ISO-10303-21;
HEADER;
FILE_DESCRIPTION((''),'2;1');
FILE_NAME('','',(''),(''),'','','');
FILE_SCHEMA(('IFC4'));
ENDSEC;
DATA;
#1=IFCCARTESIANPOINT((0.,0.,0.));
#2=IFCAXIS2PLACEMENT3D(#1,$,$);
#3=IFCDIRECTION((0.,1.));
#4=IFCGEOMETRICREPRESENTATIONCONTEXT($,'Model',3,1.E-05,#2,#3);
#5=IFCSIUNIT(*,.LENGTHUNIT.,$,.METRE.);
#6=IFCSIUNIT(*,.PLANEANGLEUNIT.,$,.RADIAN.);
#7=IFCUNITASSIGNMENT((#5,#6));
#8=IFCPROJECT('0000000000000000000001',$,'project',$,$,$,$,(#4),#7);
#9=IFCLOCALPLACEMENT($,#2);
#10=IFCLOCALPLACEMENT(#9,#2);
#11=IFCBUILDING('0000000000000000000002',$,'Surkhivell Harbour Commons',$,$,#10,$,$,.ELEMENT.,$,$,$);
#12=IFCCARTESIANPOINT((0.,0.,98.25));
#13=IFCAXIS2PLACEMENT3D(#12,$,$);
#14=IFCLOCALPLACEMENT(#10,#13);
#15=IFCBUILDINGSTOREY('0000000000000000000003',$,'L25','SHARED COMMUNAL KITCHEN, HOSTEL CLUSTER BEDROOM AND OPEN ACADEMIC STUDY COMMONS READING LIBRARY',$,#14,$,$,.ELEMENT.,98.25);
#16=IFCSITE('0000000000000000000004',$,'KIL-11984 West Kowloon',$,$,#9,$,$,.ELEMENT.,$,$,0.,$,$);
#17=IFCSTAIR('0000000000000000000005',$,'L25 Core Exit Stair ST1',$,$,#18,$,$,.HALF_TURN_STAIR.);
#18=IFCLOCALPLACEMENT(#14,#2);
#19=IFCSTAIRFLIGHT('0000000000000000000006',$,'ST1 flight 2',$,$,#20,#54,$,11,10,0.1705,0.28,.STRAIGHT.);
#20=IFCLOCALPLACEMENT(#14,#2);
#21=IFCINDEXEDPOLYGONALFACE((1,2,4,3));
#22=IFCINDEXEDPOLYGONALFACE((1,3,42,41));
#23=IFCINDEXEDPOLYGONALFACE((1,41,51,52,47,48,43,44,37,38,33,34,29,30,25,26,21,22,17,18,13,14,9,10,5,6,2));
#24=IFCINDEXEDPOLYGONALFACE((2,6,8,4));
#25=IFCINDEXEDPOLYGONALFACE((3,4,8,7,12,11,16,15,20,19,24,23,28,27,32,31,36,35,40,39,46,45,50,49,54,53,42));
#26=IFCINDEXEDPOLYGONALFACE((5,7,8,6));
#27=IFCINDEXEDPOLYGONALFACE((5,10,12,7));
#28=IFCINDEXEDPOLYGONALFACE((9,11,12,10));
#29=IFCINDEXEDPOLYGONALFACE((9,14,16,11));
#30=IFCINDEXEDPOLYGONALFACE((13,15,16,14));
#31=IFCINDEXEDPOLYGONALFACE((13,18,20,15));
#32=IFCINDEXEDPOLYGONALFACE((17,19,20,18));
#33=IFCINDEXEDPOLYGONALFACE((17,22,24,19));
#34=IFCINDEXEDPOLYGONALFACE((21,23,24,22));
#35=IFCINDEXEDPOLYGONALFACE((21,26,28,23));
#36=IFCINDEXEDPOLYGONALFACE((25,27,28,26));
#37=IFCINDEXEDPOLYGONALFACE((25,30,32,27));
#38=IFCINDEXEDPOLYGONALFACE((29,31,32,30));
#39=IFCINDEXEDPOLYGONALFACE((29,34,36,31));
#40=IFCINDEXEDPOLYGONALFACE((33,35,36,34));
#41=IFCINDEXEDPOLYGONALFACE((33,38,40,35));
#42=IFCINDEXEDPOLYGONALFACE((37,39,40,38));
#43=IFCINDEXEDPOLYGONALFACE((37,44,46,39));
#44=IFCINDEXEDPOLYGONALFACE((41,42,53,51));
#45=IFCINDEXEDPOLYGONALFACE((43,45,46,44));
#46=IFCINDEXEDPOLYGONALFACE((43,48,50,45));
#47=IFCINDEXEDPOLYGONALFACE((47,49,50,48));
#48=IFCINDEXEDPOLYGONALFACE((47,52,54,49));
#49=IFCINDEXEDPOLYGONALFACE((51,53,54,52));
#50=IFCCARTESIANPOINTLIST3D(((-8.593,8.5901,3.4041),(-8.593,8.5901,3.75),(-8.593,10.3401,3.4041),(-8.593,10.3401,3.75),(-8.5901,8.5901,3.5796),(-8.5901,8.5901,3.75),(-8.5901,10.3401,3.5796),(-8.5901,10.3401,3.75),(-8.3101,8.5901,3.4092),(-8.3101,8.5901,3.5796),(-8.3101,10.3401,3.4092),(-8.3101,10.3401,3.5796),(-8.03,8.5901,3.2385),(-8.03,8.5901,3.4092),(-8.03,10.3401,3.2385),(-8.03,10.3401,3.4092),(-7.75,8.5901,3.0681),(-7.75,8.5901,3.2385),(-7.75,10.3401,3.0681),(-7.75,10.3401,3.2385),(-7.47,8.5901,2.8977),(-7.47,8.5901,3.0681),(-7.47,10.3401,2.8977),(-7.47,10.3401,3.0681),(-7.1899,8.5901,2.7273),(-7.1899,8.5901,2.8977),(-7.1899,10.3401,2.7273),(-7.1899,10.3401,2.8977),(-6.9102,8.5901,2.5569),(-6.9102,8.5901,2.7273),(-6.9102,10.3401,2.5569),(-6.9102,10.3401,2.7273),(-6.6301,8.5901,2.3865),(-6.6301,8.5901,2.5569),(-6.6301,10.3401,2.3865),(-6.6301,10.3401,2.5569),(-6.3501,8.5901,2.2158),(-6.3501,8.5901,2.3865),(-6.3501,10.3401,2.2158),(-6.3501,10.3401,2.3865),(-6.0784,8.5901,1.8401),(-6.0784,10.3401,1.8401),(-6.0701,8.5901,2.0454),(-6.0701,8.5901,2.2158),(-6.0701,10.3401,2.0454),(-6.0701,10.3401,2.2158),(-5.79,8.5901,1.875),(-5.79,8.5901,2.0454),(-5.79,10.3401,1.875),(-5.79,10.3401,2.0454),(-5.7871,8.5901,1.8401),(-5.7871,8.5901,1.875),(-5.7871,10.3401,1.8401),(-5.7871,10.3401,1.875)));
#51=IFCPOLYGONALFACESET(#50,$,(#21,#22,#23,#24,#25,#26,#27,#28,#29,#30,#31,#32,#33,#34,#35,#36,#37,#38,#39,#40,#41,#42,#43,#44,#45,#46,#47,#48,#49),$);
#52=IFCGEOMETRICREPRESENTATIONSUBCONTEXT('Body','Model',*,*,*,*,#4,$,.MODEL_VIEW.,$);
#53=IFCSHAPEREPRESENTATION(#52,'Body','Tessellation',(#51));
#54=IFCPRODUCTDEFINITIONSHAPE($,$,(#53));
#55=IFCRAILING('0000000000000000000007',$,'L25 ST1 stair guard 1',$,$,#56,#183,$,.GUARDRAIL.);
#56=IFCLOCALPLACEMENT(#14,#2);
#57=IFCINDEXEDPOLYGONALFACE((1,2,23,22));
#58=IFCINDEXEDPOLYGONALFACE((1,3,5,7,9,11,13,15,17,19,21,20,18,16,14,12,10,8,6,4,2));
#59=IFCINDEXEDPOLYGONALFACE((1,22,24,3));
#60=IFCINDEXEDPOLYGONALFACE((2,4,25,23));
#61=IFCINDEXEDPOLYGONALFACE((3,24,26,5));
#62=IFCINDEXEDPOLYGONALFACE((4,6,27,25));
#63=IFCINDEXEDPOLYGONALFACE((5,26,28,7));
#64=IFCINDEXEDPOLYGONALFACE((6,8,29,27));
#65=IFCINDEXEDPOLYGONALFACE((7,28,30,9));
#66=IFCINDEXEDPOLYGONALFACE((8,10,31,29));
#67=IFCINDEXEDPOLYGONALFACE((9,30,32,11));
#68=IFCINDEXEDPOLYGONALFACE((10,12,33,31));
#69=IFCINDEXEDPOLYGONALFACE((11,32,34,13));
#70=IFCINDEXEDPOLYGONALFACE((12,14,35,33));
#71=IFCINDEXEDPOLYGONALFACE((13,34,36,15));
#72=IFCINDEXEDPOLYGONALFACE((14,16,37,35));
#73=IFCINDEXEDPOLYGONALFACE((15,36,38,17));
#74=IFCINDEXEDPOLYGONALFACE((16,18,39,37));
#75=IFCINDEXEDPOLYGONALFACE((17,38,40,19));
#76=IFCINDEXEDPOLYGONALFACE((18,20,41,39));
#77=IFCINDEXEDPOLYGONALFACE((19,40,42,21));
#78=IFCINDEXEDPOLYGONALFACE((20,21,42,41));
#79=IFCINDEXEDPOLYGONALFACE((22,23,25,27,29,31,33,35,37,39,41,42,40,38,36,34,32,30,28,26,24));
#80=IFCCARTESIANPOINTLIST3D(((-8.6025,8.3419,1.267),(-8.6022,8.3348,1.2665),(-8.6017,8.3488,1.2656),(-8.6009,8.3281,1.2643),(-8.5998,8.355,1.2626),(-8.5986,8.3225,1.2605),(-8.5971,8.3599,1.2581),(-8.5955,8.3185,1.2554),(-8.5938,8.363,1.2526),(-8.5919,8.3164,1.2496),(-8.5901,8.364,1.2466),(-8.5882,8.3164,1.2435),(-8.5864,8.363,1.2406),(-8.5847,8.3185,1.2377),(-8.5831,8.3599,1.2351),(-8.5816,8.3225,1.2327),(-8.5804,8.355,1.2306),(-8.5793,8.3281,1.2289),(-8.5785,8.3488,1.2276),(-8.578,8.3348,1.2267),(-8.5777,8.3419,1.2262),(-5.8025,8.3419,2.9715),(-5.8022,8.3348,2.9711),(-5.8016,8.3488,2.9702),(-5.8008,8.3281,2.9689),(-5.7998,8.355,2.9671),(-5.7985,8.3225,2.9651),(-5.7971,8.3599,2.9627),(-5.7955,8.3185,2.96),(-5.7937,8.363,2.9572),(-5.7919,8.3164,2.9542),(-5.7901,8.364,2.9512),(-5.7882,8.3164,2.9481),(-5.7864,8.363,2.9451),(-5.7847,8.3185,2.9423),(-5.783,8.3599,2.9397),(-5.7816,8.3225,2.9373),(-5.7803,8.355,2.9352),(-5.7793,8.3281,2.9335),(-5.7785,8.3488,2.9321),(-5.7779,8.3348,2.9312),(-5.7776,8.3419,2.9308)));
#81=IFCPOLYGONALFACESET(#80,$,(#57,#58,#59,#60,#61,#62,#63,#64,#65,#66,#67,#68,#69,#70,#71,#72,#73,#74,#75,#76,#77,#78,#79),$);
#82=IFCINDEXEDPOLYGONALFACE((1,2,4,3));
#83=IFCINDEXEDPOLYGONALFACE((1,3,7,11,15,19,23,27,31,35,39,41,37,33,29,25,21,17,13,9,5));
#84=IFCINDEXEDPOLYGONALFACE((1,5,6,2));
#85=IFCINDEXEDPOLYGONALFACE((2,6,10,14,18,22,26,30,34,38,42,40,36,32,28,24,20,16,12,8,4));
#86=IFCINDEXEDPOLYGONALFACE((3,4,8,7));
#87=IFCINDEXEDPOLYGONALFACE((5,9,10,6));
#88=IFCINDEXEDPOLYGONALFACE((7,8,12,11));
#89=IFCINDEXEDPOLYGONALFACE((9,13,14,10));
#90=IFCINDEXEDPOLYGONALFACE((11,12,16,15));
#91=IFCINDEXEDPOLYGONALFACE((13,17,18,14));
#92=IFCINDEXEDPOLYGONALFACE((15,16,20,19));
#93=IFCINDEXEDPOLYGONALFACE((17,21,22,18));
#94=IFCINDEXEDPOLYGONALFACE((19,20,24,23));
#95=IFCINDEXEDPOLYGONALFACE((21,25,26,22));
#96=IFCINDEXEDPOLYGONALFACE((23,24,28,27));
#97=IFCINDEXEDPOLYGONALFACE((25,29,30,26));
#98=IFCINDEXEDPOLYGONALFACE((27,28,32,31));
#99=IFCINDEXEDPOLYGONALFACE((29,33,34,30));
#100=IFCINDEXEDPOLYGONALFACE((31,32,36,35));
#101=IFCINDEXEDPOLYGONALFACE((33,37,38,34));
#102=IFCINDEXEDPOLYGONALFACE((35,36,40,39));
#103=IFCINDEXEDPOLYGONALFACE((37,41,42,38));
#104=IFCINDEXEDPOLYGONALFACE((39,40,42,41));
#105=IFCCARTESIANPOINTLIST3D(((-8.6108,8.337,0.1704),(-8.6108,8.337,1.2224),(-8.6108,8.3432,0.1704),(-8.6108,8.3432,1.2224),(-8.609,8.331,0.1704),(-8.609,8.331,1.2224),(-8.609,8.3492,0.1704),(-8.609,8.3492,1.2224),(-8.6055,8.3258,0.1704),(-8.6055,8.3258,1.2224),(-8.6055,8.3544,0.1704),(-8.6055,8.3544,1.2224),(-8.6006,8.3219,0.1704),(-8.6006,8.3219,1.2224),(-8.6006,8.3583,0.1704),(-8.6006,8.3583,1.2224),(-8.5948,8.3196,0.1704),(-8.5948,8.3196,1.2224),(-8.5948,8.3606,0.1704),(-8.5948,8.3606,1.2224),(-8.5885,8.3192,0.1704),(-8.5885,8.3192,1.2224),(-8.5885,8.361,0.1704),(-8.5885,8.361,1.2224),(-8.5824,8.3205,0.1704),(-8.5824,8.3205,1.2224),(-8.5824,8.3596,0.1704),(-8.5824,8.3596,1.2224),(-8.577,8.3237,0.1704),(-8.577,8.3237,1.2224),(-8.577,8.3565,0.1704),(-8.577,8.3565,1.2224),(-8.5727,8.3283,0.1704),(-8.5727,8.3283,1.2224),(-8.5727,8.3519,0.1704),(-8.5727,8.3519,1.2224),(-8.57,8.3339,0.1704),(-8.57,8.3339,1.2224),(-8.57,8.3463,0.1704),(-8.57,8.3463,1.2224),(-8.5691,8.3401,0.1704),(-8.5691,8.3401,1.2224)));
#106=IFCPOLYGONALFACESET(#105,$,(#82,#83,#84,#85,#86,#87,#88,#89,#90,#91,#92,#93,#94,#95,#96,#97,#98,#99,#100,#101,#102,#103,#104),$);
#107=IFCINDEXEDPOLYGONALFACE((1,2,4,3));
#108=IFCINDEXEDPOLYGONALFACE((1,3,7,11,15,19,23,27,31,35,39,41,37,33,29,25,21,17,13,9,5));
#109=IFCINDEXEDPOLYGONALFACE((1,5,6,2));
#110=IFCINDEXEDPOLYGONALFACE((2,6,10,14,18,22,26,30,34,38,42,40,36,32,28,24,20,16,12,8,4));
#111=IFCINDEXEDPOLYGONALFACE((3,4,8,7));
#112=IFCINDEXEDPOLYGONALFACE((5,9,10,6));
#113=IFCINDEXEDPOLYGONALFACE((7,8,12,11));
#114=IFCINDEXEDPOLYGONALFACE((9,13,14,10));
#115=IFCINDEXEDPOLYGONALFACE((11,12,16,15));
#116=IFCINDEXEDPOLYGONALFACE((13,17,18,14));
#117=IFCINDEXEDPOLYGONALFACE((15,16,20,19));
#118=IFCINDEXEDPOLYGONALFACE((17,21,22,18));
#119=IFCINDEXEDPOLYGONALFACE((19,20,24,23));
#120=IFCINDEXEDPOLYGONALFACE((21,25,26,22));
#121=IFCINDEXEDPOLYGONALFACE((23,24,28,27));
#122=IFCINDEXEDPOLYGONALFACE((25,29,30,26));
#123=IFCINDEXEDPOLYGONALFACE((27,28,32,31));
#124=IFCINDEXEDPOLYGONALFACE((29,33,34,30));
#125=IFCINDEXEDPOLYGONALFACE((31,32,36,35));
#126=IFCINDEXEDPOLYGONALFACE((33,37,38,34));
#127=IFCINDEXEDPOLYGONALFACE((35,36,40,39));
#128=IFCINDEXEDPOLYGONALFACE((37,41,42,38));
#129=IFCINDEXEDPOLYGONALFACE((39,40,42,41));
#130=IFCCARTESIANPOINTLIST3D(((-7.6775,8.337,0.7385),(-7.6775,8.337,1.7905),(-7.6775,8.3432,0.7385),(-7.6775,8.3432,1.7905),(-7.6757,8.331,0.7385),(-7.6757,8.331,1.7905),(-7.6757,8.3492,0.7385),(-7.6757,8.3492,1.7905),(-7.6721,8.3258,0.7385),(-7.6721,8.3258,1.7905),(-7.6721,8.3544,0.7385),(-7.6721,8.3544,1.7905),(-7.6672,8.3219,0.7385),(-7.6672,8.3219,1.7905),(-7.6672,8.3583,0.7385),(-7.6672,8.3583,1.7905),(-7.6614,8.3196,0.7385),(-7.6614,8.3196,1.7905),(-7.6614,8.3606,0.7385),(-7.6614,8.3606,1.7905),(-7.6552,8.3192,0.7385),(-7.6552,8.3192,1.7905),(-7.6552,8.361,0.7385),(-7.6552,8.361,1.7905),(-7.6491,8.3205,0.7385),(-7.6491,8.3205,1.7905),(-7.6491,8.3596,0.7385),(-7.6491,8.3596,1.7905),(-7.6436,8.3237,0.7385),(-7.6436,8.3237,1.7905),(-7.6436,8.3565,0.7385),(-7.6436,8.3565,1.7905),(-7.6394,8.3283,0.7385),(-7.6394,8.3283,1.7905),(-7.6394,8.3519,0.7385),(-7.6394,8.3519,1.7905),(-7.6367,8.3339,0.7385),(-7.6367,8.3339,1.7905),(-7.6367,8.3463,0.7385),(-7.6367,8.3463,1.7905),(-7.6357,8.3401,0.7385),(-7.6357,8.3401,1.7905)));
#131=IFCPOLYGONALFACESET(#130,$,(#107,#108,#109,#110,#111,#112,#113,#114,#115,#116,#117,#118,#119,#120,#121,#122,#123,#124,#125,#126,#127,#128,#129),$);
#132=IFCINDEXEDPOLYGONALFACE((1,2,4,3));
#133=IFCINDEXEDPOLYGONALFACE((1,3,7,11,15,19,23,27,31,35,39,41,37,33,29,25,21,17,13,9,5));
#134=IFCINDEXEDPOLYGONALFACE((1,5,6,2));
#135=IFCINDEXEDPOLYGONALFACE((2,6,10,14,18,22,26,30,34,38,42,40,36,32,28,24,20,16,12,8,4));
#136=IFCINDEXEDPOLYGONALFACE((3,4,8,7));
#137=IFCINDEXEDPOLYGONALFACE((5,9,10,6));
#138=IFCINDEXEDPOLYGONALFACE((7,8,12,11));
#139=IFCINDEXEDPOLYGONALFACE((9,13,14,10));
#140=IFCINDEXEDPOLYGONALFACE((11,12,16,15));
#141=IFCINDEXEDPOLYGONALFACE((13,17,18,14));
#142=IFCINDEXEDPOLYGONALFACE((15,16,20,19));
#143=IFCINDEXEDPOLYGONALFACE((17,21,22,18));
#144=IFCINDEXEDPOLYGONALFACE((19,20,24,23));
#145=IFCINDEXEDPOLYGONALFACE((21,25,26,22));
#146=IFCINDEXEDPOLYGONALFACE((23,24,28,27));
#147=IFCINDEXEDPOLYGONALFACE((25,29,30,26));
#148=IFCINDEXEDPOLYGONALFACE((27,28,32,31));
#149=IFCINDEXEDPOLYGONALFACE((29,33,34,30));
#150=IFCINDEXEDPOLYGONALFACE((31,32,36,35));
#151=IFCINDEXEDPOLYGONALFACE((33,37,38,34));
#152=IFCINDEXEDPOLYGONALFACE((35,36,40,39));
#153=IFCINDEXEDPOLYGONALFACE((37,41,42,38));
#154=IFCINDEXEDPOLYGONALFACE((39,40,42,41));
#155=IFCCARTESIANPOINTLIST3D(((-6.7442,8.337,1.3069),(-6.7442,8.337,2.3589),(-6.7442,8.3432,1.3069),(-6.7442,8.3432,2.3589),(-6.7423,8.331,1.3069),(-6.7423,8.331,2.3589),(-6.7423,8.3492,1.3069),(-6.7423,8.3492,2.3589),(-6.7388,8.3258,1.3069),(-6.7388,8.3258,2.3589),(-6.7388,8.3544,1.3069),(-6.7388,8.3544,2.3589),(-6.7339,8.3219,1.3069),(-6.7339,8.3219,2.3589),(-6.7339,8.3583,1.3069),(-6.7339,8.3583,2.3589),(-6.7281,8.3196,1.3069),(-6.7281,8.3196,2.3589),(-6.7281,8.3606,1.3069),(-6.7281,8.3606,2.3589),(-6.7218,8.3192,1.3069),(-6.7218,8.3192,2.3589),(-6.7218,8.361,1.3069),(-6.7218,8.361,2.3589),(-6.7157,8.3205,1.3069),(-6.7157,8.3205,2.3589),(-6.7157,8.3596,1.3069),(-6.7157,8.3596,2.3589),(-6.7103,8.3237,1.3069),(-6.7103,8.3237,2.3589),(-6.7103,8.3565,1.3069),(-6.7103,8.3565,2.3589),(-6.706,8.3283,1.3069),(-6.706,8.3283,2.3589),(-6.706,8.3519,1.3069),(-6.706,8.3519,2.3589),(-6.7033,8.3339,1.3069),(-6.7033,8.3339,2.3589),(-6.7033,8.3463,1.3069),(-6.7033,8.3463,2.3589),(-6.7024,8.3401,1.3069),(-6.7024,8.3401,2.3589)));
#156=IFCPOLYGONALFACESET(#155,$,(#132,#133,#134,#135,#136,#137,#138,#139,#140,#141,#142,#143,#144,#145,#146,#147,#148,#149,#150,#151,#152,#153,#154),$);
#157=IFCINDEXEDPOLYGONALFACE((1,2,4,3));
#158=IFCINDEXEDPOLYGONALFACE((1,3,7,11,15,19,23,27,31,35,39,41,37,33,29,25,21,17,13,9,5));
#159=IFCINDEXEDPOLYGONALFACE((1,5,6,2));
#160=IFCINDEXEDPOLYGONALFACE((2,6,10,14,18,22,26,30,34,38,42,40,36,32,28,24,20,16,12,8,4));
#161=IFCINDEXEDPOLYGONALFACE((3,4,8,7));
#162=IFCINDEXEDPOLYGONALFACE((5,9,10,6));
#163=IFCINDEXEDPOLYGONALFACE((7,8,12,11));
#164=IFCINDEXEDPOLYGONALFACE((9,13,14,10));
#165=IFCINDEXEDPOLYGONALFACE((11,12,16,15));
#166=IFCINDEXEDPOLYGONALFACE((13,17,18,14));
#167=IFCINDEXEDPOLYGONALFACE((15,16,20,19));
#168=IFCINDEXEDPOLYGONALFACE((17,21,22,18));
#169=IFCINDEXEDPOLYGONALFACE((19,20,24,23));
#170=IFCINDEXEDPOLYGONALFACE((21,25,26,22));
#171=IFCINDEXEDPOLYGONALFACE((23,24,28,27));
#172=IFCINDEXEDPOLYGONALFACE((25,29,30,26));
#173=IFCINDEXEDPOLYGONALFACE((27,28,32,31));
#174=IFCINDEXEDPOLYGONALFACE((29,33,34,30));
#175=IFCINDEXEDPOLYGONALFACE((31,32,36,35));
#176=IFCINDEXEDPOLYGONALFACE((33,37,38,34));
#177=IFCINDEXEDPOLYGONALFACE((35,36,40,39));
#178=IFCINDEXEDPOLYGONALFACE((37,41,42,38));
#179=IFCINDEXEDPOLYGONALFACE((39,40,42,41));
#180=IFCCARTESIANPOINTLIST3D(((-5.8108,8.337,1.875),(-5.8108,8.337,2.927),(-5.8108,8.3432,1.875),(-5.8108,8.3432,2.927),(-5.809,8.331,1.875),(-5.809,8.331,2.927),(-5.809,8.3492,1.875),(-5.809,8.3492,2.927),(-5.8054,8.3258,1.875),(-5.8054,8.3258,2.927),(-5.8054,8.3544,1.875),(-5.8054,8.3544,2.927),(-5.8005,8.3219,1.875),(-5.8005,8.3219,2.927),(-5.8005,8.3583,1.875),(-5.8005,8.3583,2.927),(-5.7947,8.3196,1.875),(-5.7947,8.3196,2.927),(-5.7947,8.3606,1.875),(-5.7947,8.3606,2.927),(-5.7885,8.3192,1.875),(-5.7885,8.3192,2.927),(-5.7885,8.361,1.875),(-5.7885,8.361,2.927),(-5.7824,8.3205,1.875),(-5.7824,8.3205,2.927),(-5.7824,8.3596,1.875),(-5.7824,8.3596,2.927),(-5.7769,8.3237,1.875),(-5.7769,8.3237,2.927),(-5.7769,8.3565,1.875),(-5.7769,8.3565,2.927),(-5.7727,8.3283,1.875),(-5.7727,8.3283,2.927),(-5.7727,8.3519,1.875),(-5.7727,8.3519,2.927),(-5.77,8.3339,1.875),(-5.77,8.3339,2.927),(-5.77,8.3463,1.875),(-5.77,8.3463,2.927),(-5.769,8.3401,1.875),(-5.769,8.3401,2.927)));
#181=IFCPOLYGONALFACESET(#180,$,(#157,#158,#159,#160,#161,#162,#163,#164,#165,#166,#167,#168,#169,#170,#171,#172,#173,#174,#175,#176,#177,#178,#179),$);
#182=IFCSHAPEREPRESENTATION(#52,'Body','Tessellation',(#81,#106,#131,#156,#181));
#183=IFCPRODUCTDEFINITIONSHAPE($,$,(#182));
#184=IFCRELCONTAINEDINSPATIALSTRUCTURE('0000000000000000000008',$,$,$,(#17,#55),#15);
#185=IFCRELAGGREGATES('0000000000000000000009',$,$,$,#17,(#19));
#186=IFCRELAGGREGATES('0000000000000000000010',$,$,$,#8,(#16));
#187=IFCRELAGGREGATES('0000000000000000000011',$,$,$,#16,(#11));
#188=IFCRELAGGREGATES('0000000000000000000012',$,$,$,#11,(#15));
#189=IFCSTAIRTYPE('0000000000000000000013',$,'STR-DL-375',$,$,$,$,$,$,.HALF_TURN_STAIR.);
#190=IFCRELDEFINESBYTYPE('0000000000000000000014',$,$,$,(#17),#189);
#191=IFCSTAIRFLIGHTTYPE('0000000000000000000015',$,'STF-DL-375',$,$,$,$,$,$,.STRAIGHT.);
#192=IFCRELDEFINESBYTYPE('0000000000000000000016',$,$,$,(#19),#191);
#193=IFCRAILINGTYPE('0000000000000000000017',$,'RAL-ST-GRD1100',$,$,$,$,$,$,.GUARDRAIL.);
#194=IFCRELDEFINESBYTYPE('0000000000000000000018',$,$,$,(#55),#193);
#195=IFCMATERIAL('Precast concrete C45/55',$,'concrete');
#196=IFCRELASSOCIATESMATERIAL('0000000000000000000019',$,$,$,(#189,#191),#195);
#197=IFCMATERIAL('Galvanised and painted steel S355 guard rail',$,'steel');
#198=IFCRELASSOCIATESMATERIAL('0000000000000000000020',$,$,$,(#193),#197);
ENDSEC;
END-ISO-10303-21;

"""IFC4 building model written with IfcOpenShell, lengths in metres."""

from ifc_helpers import new_model, si_unit, direction, frame, origin, origin_2d, place, context, subcontext, project, spatial, polyline, circle, outline, extrude, material, type_object, element, aggregate, save


model = new_model("IFC4")

# Units and contexts
model_context = context("Model", 3, precision=1e-05, world=origin(), true_north=direction((0.0, 1.0)))
body_context = subcontext(model_context, "Body", "Model", "MODEL_VIEW")
ifc_project = project(units=[si_unit("LENGTHUNIT", "METRE"), si_unit("PLANEANGLEUNIT", "RADIAN")], contexts=[model_context])

# Site, building, storey
site_placement = place(None, origin())
site = spatial("IfcSite", under=ifc_project, at=site_placement, Name="KIL-11984 West Kowloon", CompositionType="ELEMENT", RefElevation=0.0)
building_placement = place(site_placement, origin())
building = spatial("IfcBuilding", under=site, at=building_placement, Name="Surkhivell Harbour Commons", CompositionType="ELEMENT")
storey_placement = place(building_placement, frame((0.0, 0.0, 98.25)))
storey = spatial("IfcBuildingStorey", under=building, at=storey_placement, Name="L25", Description="SHARED COMMUNAL KITCHEN, HOSTEL CLUSTER BEDROOM AND OPEN ACADEMIC STUDY COMMONS READING LIBRARY", CompositionType="ELEMENT", Elevation=98.25)

# Stair, stair flight
ifc_material_1 = material(Name="Precast concrete C45/55", Category="concrete")
stair_type = type_object("IfcStairType", Name="STR-DL-375", PredefinedType="HALF_TURN_STAIR", material=ifc_material_1)
stair_placement = place(storey_placement, origin())
stair = element("IfcStair", 1, at=stair_placement, inside=storey, type_object=stair_type, Name="L25 Core Exit Stair ST1", PredefinedType="HALF_TURN_STAIR")
stair_flight_type = type_object("IfcStairFlightType", Name="STF-DL-375", PredefinedType="STRAIGHT", material=ifc_material_1)
stair_flight_1_placement = place(storey_placement, frame((-5.79, 9.4651, 1.875), z_axis=(0.0, 0.0, 1.0), x_axis=(-1.0, 0.0, 0.0)))
stair_flight_1 = element("IfcStairFlight", 2, at=stair_flight_1_placement, type_object=stair_flight_type, Name="ST1 flight 2", NumberOfRisers=11, NumberOfTreads=10, PredefinedType="STRAIGHT", RiserHeight=0.1705, TreadLength=0.28, context=body_context, shape_type="SweptSolid", body=[
    extrude(outline(polyline([(-0.0029, -0.0349), (-0.0029, 0.0), (0.0, 0.0), (0.0, 0.1704), (0.28, 0.1704), (0.28, 0.3408), (0.5601, 0.3408), (0.5601, 0.5115), (0.8401, 0.5115), (0.8401, 0.6819), (1.1201, 0.6819), (1.1201, 0.8523), (1.3999, 0.8523), (1.3999, 1.0227), (1.6799, 1.0227), (1.6799, 1.1931), (1.96, 1.1931), (1.96, 1.3635), (2.24, 1.3635), (2.24, 1.5342), (2.52, 1.5342), (2.52, 1.7046), (2.8, 1.7046), (2.8, 1.875), (2.803, 1.875), (2.803, 1.5291), (0.2883, -0.0349), (-0.0029, -0.0349)])), frame((0.0, 0.875, 0.0), z_axis=(0.0, -1.0, 0.0), x_axis=(1.0, 0.0, 0.0)), (0.0, 0.0, 1.0), 1.75),
])
aggregate(stair, [stair_flight_1])

# Railing
ifc_material_2 = material(Name="Galvanised and painted steel S355 guard rail", Category="steel")
railing_type_1 = type_object("IfcRailingType", Name="RAL-ST-GRD1100", PredefinedType="GUARDRAIL", material=ifc_material_2)
railing_1_placement = place(storey_placement, frame((-8.5901, 8.3401, 0.1704)))
element("IfcRailing", 3, at=railing_1_placement, inside=storey, type_object=railing_type_1, Name="L25 ST1 stair guard 1", PredefinedType="GUARDRAIL", context=body_context, shape_type="SweptSolid", body=[
    extrude(circle(Radius=0.0239, at=origin_2d()), frame((0.0, 0.0, 1.0762), z_axis=(0.85417, 0.0, 0.519994), x_axis=(0.0, 1.0, 0.0)), (0.0, 0.0, 1.0), 3.2781),
    extrude(circle(Radius=0.021, at=origin_2d()), origin(), (0.0, 0.0, 1.0), 1.052),
    extrude(circle(Radius=0.021, at=origin_2d()), frame((0.9333, 0.0, 0.5681)), (0.0, 0.0, 1.0), 1.052),
    extrude(circle(Radius=0.021, at=origin_2d()), frame((1.8667, 0.0, 1.1365)), (0.0, 0.0, 1.0), 1.052),
    extrude(circle(Radius=0.021, at=origin_2d()), frame((2.8, 0.0, 1.7046)), (0.0, 0.0, 1.0), 1.052),
])

save(model, "model.ifc")
